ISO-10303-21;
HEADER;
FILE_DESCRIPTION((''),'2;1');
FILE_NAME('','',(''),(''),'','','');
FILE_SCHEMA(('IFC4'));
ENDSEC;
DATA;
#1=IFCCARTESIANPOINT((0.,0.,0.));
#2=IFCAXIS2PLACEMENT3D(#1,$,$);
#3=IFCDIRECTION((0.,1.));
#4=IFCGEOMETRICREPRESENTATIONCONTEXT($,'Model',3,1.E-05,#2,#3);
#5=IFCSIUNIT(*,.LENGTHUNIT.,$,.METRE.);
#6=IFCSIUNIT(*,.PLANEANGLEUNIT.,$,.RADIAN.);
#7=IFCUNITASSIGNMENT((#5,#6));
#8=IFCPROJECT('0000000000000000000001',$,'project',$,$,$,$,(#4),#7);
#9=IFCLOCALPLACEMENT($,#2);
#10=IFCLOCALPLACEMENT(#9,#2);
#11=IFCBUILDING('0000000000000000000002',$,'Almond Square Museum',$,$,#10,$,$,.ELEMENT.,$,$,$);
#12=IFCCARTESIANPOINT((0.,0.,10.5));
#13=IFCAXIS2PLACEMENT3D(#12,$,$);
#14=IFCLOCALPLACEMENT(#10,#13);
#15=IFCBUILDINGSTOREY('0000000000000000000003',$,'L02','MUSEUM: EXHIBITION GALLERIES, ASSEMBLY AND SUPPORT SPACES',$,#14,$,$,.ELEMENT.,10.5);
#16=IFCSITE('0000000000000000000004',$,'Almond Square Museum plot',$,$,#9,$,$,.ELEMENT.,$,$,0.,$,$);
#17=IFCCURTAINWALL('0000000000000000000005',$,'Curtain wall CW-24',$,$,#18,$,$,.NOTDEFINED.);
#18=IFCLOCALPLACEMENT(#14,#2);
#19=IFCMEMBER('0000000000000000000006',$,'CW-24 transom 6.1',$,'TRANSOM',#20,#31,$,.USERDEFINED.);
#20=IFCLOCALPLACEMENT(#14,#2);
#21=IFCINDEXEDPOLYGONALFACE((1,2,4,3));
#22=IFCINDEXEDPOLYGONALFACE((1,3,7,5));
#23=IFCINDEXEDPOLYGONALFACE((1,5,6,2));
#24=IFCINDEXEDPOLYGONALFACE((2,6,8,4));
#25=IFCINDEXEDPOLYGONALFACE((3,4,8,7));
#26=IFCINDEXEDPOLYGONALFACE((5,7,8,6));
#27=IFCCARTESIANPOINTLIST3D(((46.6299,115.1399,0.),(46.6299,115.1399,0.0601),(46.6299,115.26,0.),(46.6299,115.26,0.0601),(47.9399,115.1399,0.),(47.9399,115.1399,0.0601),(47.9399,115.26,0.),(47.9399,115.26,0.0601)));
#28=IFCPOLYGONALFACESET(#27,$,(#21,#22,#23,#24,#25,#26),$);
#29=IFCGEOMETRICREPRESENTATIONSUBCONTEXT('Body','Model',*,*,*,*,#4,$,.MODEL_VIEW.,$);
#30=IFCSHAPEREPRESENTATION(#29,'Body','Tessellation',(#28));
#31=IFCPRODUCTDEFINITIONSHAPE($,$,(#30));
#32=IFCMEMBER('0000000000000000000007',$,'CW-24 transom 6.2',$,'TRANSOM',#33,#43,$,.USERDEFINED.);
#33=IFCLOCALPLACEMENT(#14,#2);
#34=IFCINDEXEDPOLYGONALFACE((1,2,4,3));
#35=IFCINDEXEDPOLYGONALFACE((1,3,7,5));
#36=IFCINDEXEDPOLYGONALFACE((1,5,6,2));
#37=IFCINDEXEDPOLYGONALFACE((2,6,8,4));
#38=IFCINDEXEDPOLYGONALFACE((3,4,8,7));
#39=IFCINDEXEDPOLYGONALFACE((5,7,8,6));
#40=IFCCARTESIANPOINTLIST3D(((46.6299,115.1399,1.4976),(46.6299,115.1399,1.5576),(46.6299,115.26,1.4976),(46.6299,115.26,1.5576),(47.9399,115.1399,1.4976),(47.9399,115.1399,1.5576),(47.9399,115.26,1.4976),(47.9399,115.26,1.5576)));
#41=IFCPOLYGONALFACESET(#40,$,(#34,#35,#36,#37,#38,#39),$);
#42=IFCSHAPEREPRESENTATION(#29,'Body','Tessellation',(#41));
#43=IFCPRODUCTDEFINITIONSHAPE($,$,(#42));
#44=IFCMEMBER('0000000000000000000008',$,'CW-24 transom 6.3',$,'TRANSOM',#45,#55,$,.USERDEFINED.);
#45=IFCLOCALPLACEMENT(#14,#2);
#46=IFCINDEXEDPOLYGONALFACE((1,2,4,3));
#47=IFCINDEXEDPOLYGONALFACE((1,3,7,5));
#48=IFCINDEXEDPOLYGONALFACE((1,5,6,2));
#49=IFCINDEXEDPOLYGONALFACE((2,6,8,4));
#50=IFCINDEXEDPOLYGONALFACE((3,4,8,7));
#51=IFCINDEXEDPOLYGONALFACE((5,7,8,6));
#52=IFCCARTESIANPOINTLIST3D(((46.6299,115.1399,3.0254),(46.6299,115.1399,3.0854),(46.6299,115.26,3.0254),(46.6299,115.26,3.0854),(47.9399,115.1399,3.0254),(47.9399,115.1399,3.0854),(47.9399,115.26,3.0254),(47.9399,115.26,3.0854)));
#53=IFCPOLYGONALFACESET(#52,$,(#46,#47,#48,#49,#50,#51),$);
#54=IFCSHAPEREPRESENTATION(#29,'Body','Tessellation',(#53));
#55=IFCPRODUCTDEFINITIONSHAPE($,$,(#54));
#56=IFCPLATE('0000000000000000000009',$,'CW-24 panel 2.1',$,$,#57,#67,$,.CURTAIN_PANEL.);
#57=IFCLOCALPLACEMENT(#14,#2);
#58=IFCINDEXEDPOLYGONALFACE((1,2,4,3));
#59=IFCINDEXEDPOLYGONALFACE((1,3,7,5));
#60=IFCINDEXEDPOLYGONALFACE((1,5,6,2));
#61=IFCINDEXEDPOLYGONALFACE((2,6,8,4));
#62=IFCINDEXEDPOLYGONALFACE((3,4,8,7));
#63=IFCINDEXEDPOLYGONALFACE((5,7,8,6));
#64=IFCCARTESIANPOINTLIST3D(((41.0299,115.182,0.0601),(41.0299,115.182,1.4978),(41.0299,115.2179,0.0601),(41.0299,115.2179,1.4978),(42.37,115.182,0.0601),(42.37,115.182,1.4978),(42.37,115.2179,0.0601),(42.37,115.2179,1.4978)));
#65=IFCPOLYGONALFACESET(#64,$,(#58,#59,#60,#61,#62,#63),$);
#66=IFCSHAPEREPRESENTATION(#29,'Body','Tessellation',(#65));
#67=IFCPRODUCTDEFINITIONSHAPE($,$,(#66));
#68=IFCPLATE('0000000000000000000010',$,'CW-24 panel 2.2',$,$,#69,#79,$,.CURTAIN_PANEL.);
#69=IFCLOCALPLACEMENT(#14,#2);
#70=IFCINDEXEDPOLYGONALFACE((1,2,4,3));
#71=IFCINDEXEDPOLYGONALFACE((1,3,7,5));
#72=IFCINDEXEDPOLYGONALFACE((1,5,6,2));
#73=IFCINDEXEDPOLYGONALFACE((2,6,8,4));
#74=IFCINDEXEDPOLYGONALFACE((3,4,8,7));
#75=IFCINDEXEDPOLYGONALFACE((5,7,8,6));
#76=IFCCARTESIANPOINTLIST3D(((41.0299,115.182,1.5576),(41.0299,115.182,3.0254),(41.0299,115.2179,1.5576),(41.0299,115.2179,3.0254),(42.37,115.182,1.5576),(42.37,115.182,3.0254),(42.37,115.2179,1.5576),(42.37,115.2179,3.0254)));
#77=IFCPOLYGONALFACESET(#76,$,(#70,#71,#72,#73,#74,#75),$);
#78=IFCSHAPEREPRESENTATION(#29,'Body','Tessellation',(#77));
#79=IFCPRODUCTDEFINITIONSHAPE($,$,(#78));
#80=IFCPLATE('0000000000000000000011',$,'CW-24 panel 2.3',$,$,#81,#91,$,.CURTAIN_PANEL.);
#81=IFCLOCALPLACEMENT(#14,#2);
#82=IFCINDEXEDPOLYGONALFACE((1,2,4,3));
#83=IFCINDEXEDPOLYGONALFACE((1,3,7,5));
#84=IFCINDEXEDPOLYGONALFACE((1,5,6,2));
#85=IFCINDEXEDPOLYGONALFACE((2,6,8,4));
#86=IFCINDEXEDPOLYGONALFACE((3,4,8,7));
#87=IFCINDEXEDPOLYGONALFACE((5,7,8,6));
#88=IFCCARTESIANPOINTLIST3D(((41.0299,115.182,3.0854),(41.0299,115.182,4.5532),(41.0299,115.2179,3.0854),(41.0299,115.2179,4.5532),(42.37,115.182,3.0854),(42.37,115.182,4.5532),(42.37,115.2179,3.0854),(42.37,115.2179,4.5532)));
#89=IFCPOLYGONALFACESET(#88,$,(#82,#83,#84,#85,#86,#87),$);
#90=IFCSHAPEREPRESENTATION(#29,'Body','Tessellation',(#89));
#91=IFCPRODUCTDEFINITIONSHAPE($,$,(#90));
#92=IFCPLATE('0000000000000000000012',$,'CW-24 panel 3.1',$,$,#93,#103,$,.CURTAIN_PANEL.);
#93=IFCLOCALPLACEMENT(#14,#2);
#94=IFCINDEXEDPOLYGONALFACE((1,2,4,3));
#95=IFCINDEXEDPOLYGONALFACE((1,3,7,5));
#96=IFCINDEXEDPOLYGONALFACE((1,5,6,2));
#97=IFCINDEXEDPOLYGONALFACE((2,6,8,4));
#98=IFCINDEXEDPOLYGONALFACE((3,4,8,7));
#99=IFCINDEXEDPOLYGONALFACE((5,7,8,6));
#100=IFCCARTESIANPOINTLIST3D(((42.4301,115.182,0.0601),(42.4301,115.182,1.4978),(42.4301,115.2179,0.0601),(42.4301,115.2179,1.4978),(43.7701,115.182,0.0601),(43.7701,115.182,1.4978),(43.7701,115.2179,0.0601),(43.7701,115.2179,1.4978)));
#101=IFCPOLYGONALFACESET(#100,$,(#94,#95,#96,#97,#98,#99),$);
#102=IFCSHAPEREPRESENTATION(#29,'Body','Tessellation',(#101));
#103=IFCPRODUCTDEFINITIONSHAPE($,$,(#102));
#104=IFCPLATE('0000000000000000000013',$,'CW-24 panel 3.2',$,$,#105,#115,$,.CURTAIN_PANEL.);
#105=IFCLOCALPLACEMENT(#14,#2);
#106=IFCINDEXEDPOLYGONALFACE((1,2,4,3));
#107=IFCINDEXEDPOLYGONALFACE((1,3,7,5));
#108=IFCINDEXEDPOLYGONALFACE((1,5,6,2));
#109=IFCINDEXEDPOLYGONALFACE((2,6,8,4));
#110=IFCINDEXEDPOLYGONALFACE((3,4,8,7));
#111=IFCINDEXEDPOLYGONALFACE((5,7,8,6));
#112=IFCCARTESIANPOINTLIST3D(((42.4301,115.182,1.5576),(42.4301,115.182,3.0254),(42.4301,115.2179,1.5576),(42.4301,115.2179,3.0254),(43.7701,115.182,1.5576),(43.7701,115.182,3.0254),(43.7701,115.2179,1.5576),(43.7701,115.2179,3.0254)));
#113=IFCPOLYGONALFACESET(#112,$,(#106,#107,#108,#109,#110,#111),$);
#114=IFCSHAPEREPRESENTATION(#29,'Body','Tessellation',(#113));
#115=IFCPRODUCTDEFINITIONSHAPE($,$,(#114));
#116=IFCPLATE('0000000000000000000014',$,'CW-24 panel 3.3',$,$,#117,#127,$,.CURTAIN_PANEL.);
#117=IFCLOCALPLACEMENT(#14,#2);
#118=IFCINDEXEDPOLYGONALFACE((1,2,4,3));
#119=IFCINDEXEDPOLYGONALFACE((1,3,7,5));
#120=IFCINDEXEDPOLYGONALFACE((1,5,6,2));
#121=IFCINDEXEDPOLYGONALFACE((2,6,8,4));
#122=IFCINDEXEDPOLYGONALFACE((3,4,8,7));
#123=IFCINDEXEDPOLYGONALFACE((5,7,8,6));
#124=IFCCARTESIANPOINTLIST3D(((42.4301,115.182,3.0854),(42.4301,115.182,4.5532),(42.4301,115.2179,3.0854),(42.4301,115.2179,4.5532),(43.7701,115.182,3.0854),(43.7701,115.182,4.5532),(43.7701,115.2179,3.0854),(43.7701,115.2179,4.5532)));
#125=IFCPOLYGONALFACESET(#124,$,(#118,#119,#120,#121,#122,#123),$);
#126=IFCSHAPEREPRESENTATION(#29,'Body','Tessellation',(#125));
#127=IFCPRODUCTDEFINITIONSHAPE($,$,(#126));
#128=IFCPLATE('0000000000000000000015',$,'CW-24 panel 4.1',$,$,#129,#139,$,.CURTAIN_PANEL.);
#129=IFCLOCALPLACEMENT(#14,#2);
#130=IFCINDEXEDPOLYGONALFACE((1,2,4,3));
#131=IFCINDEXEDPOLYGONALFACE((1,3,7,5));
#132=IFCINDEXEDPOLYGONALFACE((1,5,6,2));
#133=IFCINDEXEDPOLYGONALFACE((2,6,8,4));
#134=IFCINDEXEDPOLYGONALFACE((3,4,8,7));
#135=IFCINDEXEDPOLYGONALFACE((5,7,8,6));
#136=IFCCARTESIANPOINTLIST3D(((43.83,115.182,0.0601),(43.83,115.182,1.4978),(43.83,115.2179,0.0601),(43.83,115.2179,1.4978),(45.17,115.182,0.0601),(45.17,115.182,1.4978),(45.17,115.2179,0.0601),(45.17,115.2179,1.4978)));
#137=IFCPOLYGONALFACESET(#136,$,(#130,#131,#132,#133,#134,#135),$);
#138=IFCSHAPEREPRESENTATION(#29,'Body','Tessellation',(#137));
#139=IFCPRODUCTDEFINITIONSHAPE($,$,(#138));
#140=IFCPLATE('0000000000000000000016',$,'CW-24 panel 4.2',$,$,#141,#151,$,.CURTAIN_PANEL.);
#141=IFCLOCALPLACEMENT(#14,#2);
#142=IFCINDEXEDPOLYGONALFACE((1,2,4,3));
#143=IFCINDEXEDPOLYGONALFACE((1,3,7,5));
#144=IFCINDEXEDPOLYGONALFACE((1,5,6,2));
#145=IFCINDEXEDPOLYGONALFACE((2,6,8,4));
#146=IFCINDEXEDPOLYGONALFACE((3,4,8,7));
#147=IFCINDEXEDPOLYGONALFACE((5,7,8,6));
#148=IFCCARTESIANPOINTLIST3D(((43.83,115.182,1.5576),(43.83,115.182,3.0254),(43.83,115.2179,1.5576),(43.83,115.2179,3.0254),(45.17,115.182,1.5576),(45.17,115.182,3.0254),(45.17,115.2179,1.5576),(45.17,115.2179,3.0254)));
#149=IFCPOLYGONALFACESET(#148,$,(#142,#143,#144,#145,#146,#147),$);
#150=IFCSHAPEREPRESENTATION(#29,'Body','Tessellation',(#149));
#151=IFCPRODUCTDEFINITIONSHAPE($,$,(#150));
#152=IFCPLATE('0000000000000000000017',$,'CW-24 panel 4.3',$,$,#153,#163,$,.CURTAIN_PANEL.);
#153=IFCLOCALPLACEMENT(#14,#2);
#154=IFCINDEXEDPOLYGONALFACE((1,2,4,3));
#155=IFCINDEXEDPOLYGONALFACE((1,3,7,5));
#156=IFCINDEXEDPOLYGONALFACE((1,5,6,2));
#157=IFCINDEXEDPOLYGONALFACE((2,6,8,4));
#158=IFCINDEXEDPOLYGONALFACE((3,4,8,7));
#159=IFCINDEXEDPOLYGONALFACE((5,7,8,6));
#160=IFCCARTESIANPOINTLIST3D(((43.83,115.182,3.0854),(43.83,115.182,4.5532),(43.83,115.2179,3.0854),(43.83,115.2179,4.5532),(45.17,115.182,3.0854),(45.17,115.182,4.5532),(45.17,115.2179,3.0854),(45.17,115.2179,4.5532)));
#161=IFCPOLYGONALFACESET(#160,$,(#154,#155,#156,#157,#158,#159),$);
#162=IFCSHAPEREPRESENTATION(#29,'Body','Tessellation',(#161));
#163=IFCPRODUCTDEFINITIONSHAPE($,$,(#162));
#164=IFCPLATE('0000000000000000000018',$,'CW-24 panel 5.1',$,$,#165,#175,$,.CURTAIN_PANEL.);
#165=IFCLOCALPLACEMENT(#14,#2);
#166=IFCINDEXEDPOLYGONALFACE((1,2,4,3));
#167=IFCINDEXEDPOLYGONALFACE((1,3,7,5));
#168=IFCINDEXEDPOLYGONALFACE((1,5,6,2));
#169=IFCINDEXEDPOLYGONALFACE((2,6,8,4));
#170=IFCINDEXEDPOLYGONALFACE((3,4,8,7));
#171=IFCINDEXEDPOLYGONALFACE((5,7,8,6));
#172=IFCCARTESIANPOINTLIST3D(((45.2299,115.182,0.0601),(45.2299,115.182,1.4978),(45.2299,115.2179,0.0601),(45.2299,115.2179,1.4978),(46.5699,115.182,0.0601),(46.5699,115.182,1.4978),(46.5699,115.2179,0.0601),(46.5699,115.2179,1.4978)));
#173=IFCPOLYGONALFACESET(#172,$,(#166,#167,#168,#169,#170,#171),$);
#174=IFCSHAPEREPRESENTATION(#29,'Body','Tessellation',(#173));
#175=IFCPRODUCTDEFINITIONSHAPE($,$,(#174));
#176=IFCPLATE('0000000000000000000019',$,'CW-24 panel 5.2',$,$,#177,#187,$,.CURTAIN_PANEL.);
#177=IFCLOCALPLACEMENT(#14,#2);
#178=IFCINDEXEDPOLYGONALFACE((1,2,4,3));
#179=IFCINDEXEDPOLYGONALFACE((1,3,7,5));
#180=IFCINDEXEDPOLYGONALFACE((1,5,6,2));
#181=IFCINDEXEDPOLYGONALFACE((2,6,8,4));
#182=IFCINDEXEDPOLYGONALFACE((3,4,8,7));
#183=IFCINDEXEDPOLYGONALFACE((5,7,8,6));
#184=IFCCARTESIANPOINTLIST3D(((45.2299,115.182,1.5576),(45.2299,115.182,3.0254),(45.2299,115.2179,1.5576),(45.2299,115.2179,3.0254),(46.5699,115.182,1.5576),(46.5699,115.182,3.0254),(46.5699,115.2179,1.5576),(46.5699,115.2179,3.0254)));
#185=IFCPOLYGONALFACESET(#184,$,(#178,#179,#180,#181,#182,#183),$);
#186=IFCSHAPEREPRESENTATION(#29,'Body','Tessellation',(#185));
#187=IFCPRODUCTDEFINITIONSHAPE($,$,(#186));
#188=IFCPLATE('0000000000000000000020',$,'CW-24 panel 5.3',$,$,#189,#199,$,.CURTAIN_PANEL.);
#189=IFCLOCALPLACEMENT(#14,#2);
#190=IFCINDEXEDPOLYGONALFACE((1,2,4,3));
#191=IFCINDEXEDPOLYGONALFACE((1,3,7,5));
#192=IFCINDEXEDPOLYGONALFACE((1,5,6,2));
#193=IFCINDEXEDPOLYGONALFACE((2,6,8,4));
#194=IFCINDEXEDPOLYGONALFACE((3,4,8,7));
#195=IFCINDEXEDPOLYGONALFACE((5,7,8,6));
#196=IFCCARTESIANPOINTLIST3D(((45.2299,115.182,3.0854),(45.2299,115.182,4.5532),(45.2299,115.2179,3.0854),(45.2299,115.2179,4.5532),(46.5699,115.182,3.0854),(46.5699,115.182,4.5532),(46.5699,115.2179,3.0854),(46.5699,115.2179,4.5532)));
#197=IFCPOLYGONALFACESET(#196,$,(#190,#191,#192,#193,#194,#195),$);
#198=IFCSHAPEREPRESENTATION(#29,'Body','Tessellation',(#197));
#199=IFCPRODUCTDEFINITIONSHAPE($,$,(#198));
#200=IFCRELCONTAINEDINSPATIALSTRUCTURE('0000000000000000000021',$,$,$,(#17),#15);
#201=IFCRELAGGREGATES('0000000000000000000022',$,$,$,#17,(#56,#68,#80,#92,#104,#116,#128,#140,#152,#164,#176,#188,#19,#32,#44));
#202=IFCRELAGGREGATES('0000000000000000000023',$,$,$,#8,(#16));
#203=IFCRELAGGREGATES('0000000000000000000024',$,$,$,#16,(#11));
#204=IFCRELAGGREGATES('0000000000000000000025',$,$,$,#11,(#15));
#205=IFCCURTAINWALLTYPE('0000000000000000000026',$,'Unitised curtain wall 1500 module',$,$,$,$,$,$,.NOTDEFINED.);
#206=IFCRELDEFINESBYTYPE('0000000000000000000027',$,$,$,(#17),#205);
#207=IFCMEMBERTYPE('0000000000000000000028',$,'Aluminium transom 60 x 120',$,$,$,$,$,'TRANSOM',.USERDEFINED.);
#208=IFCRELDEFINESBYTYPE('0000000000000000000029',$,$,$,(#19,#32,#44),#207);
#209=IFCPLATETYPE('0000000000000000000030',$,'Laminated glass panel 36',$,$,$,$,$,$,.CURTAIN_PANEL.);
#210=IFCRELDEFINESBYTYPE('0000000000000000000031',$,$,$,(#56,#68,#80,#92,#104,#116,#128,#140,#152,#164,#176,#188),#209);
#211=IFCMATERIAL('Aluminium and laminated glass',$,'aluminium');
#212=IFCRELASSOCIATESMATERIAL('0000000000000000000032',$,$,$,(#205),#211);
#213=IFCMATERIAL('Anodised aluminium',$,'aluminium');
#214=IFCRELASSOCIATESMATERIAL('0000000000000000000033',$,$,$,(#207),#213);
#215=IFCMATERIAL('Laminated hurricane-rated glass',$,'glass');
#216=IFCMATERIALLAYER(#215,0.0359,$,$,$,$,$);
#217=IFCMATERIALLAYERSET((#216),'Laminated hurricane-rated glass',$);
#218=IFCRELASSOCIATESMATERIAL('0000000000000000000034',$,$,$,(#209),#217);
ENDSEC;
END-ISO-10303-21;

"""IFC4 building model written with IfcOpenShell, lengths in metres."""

from ifc_helpers import new_model, si_unit, direction, frame, origin, origin_2d, place, context, subcontext, project, spatial, rectangle, extrude, material, layer, layer_set, material_profile, profile_set, type_object, element, aggregate, save


model = new_model("IFC4")

# Units and contexts
model_context = context("Model", 3, precision=1e-05, world=origin(), true_north=direction((0.0, 1.0)))
body_context = subcontext(model_context, "Body", "Model", "MODEL_VIEW")
ifc_project = project(units=[si_unit("LENGTHUNIT", "METRE"), si_unit("PLANEANGLEUNIT", "RADIAN")], contexts=[model_context])

# Site, building, storey
site_placement = place(None, origin())
site = spatial("IfcSite", under=ifc_project, at=site_placement, Name="Almond Square Museum plot", CompositionType="ELEMENT", RefElevation=0.0)
building_placement = place(site_placement, origin())
building = spatial("IfcBuilding", under=site, at=building_placement, Name="Almond Square Museum", CompositionType="ELEMENT")
storey_placement = place(building_placement, frame((0.0, 0.0, 10.5)))
storey = spatial("IfcBuildingStorey", under=building, at=storey_placement, Name="L02", Description="MUSEUM: EXHIBITION GALLERIES, ASSEMBLY AND SUPPORT SPACES", CompositionType="ELEMENT", Elevation=10.5)

# Curtain wall, members, plates
ifc_material_1 = material(Name="Aluminium and laminated glass", Category="aluminium")
curtain_wall_type = type_object("IfcCurtainWallType", Name="Unitised curtain wall 1500 module", PredefinedType="NOTDEFINED", material=ifc_material_1)
curtain_wall_placement = place(storey_placement, origin())
curtain_wall = element("IfcCurtainWall", 1, at=curtain_wall_placement, inside=storey, type_object=curtain_wall_type, Name="Curtain wall CW-24", PredefinedType="NOTDEFINED")
ifc_material_2 = material(Name="Anodised aluminium", Category="aluminium")
ifc_material_profile_1 = material_profile(ifc_material_2, rectangle(XDim=0.1201, YDim=0.0601, at=origin_2d()))
ifc_profile_set_1 = profile_set([ifc_material_profile_1], Name="Anodised aluminium")
member_type_1 = type_object("IfcMemberType", Name="Aluminium transom 60 x 120", ElementType="TRANSOM", PredefinedType="USERDEFINED", material=ifc_profile_set_1)
member_1_placement = place(storey_placement, frame((46.6299, 115.2, 0.03), z_axis=(1.0, 0.0, 0.0), x_axis=(0.0, 1.0, 0.0)))
member_1 = element("IfcMember", 2, at=member_1_placement, type_object=member_type_1, Name="CW-24 transom 6.1", ObjectType="TRANSOM", PredefinedType="USERDEFINED", context=body_context, shape_type="SweptSolid", body=[
    extrude(rectangle(XDim=0.1201, YDim=0.0601, at=origin_2d()), origin(), (0.0, 0.0, 1.0), 1.3101),
])
member_2_placement = place(storey_placement, frame((46.6299, 115.2, 1.5276), z_axis=(1.0, 0.0, 0.0), x_axis=(0.0, 1.0, 0.0)))
member_2 = element("IfcMember", 3, at=member_2_placement, type_object=member_type_1, Name="CW-24 transom 6.2", ObjectType="TRANSOM", PredefinedType="USERDEFINED", context=body_context, shape_type="SweptSolid", body=[
    extrude(rectangle(XDim=0.1201, YDim=0.0601, at=origin_2d()), origin(), (0.0, 0.0, 1.0), 1.3101),
])
member_3_placement = place(storey_placement, frame((46.6299, 115.2, 3.0554), z_axis=(1.0, 0.0, 0.0), x_axis=(0.0, 1.0, 0.0)))
member_3 = element("IfcMember", 4, at=member_3_placement, type_object=member_type_1, Name="CW-24 transom 6.3", ObjectType="TRANSOM", PredefinedType="USERDEFINED", context=body_context, shape_type="SweptSolid", body=[
    extrude(rectangle(XDim=0.1201, YDim=0.0601, at=origin_2d()), origin(), (0.0, 0.0, 1.0), 1.3101),
])
ifc_material_3 = material(Name="Laminated hurricane-rated glass", Category="glass")
ifc_layer = layer(ifc_material_3, 0.0359)
ifc_layer_set = layer_set([ifc_layer], Name="Laminated hurricane-rated glass")
plate_type = type_object("IfcPlateType", Name="Laminated glass panel 36", PredefinedType="CURTAIN_PANEL", material=ifc_layer_set)
plate_1_placement = place(storey_placement, frame((41.7, 115.2, 0.0601), z_axis=(0.0, 0.0, 1.0), x_axis=(1.0, 0.0, 0.0)))
plate_1 = element("IfcPlate", 5, at=plate_1_placement, type_object=plate_type, Name="CW-24 panel 2.1", PredefinedType="CURTAIN_PANEL", context=body_context, shape_type="SweptSolid", body=[
    extrude(rectangle(XDim=1.3401, YDim=0.0359, at=origin_2d()), origin(), (0.0, 0.0, 1.0), 1.4377),
])
plate_2_placement = place(storey_placement, frame((41.7, 115.2, 1.5576), z_axis=(0.0, 0.0, 1.0), x_axis=(1.0, 0.0, 0.0)))
plate_2 = element("IfcPlate", 6, at=plate_2_placement, type_object=plate_type, Name="CW-24 panel 2.2", PredefinedType="CURTAIN_PANEL", context=body_context, shape_type="SweptSolid", body=[
    extrude(rectangle(XDim=1.3401, YDim=0.0359, at=origin_2d()), origin(), (0.0, 0.0, 1.0), 1.4678),
])
plate_3_placement = place(storey_placement, frame((41.7, 115.2, 3.0854), z_axis=(0.0, 0.0, 1.0), x_axis=(1.0, 0.0, 0.0)))
plate_3 = element("IfcPlate", 7, at=plate_3_placement, type_object=plate_type, Name="CW-24 panel 2.3", PredefinedType="CURTAIN_PANEL", context=body_context, shape_type="SweptSolid", body=[
    extrude(rectangle(XDim=1.3401, YDim=0.0359, at=origin_2d()), origin(), (0.0, 0.0, 1.0), 1.4678),
])
plate_4_placement = place(storey_placement, frame((43.1001, 115.2, 0.0601), z_axis=(0.0, 0.0, 1.0), x_axis=(1.0, 0.0, 0.0)))
plate_4 = element("IfcPlate", 8, at=plate_4_placement, type_object=plate_type, Name="CW-24 panel 3.1", PredefinedType="CURTAIN_PANEL", context=body_context, shape_type="SweptSolid", body=[
    extrude(rectangle(XDim=1.3401, YDim=0.0359, at=origin_2d()), origin(), (0.0, 0.0, 1.0), 1.4377),
])
plate_5_placement = place(storey_placement, frame((43.1001, 115.2, 1.5576), z_axis=(0.0, 0.0, 1.0), x_axis=(1.0, 0.0, 0.0)))
plate_5 = element("IfcPlate", 9, at=plate_5_placement, type_object=plate_type, Name="CW-24 panel 3.2", PredefinedType="CURTAIN_PANEL", context=body_context, shape_type="SweptSolid", body=[
    extrude(rectangle(XDim=1.3401, YDim=0.0359, at=origin_2d()), origin(), (0.0, 0.0, 1.0), 1.4678),
])
plate_6_placement = place(storey_placement, frame((43.1001, 115.2, 3.0854), z_axis=(0.0, 0.0, 1.0), x_axis=(1.0, 0.0, 0.0)))
plate_6 = element("IfcPlate", 10, at=plate_6_placement, type_object=plate_type, Name="CW-24 panel 3.3", PredefinedType="CURTAIN_PANEL", context=body_context, shape_type="SweptSolid", body=[
    extrude(rectangle(XDim=1.3401, YDim=0.0359, at=origin_2d()), origin(), (0.0, 0.0, 1.0), 1.4678),
])
plate_7_placement = place(storey_placement, frame((44.5, 115.2, 0.0601), z_axis=(0.0, 0.0, 1.0), x_axis=(1.0, 0.0, 0.0)))
plate_7 = element("IfcPlate", 11, at=plate_7_placement, type_object=plate_type, Name="CW-24 panel 4.1", PredefinedType="CURTAIN_PANEL", context=body_context, shape_type="SweptSolid", body=[
    extrude(rectangle(XDim=1.3401, YDim=0.0359, at=origin_2d()), origin(), (0.0, 0.0, 1.0), 1.4377),
])
plate_8_placement = place(storey_placement, frame((44.5, 115.2, 1.5576), z_axis=(0.0, 0.0, 1.0), x_axis=(1.0, 0.0, 0.0)))
plate_8 = element("IfcPlate", 12, at=plate_8_placement, type_object=plate_type, Name="CW-24 panel 4.2", PredefinedType="CURTAIN_PANEL", context=body_context, shape_type="SweptSolid", body=[
    extrude(rectangle(XDim=1.3401, YDim=0.0359, at=origin_2d()), origin(), (0.0, 0.0, 1.0), 1.4678),
])
plate_9_placement = place(storey_placement, frame((44.5, 115.2, 3.0854), z_axis=(0.0, 0.0, 1.0), x_axis=(1.0, 0.0, 0.0)))
plate_9 = element("IfcPlate", 13, at=plate_9_placement, type_object=plate_type, Name="CW-24 panel 4.3", PredefinedType="CURTAIN_PANEL", context=body_context, shape_type="SweptSolid", body=[
    extrude(rectangle(XDim=1.3401, YDim=0.0359, at=origin_2d()), origin(), (0.0, 0.0, 1.0), 1.4678),
])
plate_10_placement = place(storey_placement, frame((45.8999, 115.2, 0.0601), z_axis=(0.0, 0.0, 1.0), x_axis=(1.0, 0.0, 0.0)))
plate_10 = element("IfcPlate", 14, at=plate_10_placement, type_object=plate_type, Name="CW-24 panel 5.1", PredefinedType="CURTAIN_PANEL", context=body_context, shape_type="SweptSolid", body=[
    extrude(rectangle(XDim=1.3401, YDim=0.0359, at=origin_2d()), origin(), (0.0, 0.0, 1.0), 1.4377),
])
plate_11_placement = place(storey_placement, frame((45.8999, 115.2, 1.5576), z_axis=(0.0, 0.0, 1.0), x_axis=(1.0, 0.0, 0.0)))
plate_11 = element("IfcPlate", 15, at=plate_11_placement, type_object=plate_type, Name="CW-24 panel 5.2", PredefinedType="CURTAIN_PANEL", context=body_context, shape_type="SweptSolid", body=[
    extrude(rectangle(XDim=1.3401, YDim=0.0359, at=origin_2d()), origin(), (0.0, 0.0, 1.0), 1.4678),
])
plate_12_placement = place(storey_placement, frame((45.8999, 115.2, 3.0854), z_axis=(0.0, 0.0, 1.0), x_axis=(1.0, 0.0, 0.0)))
plate_12 = element("IfcPlate", 16, at=plate_12_placement, type_object=plate_type, Name="CW-24 panel 5.3", PredefinedType="CURTAIN_PANEL", context=body_context, shape_type="SweptSolid", body=[
    extrude(rectangle(XDim=1.3401, YDim=0.0359, at=origin_2d()), origin(), (0.0, 0.0, 1.0), 1.4678),
])
aggregate(curtain_wall, [plate_1, plate_2, plate_3, plate_4, plate_5, plate_6, plate_7, plate_8, plate_9, plate_10, plate_11, plate_12, member_1, member_2, member_3])

save(model, "model.ifc")
